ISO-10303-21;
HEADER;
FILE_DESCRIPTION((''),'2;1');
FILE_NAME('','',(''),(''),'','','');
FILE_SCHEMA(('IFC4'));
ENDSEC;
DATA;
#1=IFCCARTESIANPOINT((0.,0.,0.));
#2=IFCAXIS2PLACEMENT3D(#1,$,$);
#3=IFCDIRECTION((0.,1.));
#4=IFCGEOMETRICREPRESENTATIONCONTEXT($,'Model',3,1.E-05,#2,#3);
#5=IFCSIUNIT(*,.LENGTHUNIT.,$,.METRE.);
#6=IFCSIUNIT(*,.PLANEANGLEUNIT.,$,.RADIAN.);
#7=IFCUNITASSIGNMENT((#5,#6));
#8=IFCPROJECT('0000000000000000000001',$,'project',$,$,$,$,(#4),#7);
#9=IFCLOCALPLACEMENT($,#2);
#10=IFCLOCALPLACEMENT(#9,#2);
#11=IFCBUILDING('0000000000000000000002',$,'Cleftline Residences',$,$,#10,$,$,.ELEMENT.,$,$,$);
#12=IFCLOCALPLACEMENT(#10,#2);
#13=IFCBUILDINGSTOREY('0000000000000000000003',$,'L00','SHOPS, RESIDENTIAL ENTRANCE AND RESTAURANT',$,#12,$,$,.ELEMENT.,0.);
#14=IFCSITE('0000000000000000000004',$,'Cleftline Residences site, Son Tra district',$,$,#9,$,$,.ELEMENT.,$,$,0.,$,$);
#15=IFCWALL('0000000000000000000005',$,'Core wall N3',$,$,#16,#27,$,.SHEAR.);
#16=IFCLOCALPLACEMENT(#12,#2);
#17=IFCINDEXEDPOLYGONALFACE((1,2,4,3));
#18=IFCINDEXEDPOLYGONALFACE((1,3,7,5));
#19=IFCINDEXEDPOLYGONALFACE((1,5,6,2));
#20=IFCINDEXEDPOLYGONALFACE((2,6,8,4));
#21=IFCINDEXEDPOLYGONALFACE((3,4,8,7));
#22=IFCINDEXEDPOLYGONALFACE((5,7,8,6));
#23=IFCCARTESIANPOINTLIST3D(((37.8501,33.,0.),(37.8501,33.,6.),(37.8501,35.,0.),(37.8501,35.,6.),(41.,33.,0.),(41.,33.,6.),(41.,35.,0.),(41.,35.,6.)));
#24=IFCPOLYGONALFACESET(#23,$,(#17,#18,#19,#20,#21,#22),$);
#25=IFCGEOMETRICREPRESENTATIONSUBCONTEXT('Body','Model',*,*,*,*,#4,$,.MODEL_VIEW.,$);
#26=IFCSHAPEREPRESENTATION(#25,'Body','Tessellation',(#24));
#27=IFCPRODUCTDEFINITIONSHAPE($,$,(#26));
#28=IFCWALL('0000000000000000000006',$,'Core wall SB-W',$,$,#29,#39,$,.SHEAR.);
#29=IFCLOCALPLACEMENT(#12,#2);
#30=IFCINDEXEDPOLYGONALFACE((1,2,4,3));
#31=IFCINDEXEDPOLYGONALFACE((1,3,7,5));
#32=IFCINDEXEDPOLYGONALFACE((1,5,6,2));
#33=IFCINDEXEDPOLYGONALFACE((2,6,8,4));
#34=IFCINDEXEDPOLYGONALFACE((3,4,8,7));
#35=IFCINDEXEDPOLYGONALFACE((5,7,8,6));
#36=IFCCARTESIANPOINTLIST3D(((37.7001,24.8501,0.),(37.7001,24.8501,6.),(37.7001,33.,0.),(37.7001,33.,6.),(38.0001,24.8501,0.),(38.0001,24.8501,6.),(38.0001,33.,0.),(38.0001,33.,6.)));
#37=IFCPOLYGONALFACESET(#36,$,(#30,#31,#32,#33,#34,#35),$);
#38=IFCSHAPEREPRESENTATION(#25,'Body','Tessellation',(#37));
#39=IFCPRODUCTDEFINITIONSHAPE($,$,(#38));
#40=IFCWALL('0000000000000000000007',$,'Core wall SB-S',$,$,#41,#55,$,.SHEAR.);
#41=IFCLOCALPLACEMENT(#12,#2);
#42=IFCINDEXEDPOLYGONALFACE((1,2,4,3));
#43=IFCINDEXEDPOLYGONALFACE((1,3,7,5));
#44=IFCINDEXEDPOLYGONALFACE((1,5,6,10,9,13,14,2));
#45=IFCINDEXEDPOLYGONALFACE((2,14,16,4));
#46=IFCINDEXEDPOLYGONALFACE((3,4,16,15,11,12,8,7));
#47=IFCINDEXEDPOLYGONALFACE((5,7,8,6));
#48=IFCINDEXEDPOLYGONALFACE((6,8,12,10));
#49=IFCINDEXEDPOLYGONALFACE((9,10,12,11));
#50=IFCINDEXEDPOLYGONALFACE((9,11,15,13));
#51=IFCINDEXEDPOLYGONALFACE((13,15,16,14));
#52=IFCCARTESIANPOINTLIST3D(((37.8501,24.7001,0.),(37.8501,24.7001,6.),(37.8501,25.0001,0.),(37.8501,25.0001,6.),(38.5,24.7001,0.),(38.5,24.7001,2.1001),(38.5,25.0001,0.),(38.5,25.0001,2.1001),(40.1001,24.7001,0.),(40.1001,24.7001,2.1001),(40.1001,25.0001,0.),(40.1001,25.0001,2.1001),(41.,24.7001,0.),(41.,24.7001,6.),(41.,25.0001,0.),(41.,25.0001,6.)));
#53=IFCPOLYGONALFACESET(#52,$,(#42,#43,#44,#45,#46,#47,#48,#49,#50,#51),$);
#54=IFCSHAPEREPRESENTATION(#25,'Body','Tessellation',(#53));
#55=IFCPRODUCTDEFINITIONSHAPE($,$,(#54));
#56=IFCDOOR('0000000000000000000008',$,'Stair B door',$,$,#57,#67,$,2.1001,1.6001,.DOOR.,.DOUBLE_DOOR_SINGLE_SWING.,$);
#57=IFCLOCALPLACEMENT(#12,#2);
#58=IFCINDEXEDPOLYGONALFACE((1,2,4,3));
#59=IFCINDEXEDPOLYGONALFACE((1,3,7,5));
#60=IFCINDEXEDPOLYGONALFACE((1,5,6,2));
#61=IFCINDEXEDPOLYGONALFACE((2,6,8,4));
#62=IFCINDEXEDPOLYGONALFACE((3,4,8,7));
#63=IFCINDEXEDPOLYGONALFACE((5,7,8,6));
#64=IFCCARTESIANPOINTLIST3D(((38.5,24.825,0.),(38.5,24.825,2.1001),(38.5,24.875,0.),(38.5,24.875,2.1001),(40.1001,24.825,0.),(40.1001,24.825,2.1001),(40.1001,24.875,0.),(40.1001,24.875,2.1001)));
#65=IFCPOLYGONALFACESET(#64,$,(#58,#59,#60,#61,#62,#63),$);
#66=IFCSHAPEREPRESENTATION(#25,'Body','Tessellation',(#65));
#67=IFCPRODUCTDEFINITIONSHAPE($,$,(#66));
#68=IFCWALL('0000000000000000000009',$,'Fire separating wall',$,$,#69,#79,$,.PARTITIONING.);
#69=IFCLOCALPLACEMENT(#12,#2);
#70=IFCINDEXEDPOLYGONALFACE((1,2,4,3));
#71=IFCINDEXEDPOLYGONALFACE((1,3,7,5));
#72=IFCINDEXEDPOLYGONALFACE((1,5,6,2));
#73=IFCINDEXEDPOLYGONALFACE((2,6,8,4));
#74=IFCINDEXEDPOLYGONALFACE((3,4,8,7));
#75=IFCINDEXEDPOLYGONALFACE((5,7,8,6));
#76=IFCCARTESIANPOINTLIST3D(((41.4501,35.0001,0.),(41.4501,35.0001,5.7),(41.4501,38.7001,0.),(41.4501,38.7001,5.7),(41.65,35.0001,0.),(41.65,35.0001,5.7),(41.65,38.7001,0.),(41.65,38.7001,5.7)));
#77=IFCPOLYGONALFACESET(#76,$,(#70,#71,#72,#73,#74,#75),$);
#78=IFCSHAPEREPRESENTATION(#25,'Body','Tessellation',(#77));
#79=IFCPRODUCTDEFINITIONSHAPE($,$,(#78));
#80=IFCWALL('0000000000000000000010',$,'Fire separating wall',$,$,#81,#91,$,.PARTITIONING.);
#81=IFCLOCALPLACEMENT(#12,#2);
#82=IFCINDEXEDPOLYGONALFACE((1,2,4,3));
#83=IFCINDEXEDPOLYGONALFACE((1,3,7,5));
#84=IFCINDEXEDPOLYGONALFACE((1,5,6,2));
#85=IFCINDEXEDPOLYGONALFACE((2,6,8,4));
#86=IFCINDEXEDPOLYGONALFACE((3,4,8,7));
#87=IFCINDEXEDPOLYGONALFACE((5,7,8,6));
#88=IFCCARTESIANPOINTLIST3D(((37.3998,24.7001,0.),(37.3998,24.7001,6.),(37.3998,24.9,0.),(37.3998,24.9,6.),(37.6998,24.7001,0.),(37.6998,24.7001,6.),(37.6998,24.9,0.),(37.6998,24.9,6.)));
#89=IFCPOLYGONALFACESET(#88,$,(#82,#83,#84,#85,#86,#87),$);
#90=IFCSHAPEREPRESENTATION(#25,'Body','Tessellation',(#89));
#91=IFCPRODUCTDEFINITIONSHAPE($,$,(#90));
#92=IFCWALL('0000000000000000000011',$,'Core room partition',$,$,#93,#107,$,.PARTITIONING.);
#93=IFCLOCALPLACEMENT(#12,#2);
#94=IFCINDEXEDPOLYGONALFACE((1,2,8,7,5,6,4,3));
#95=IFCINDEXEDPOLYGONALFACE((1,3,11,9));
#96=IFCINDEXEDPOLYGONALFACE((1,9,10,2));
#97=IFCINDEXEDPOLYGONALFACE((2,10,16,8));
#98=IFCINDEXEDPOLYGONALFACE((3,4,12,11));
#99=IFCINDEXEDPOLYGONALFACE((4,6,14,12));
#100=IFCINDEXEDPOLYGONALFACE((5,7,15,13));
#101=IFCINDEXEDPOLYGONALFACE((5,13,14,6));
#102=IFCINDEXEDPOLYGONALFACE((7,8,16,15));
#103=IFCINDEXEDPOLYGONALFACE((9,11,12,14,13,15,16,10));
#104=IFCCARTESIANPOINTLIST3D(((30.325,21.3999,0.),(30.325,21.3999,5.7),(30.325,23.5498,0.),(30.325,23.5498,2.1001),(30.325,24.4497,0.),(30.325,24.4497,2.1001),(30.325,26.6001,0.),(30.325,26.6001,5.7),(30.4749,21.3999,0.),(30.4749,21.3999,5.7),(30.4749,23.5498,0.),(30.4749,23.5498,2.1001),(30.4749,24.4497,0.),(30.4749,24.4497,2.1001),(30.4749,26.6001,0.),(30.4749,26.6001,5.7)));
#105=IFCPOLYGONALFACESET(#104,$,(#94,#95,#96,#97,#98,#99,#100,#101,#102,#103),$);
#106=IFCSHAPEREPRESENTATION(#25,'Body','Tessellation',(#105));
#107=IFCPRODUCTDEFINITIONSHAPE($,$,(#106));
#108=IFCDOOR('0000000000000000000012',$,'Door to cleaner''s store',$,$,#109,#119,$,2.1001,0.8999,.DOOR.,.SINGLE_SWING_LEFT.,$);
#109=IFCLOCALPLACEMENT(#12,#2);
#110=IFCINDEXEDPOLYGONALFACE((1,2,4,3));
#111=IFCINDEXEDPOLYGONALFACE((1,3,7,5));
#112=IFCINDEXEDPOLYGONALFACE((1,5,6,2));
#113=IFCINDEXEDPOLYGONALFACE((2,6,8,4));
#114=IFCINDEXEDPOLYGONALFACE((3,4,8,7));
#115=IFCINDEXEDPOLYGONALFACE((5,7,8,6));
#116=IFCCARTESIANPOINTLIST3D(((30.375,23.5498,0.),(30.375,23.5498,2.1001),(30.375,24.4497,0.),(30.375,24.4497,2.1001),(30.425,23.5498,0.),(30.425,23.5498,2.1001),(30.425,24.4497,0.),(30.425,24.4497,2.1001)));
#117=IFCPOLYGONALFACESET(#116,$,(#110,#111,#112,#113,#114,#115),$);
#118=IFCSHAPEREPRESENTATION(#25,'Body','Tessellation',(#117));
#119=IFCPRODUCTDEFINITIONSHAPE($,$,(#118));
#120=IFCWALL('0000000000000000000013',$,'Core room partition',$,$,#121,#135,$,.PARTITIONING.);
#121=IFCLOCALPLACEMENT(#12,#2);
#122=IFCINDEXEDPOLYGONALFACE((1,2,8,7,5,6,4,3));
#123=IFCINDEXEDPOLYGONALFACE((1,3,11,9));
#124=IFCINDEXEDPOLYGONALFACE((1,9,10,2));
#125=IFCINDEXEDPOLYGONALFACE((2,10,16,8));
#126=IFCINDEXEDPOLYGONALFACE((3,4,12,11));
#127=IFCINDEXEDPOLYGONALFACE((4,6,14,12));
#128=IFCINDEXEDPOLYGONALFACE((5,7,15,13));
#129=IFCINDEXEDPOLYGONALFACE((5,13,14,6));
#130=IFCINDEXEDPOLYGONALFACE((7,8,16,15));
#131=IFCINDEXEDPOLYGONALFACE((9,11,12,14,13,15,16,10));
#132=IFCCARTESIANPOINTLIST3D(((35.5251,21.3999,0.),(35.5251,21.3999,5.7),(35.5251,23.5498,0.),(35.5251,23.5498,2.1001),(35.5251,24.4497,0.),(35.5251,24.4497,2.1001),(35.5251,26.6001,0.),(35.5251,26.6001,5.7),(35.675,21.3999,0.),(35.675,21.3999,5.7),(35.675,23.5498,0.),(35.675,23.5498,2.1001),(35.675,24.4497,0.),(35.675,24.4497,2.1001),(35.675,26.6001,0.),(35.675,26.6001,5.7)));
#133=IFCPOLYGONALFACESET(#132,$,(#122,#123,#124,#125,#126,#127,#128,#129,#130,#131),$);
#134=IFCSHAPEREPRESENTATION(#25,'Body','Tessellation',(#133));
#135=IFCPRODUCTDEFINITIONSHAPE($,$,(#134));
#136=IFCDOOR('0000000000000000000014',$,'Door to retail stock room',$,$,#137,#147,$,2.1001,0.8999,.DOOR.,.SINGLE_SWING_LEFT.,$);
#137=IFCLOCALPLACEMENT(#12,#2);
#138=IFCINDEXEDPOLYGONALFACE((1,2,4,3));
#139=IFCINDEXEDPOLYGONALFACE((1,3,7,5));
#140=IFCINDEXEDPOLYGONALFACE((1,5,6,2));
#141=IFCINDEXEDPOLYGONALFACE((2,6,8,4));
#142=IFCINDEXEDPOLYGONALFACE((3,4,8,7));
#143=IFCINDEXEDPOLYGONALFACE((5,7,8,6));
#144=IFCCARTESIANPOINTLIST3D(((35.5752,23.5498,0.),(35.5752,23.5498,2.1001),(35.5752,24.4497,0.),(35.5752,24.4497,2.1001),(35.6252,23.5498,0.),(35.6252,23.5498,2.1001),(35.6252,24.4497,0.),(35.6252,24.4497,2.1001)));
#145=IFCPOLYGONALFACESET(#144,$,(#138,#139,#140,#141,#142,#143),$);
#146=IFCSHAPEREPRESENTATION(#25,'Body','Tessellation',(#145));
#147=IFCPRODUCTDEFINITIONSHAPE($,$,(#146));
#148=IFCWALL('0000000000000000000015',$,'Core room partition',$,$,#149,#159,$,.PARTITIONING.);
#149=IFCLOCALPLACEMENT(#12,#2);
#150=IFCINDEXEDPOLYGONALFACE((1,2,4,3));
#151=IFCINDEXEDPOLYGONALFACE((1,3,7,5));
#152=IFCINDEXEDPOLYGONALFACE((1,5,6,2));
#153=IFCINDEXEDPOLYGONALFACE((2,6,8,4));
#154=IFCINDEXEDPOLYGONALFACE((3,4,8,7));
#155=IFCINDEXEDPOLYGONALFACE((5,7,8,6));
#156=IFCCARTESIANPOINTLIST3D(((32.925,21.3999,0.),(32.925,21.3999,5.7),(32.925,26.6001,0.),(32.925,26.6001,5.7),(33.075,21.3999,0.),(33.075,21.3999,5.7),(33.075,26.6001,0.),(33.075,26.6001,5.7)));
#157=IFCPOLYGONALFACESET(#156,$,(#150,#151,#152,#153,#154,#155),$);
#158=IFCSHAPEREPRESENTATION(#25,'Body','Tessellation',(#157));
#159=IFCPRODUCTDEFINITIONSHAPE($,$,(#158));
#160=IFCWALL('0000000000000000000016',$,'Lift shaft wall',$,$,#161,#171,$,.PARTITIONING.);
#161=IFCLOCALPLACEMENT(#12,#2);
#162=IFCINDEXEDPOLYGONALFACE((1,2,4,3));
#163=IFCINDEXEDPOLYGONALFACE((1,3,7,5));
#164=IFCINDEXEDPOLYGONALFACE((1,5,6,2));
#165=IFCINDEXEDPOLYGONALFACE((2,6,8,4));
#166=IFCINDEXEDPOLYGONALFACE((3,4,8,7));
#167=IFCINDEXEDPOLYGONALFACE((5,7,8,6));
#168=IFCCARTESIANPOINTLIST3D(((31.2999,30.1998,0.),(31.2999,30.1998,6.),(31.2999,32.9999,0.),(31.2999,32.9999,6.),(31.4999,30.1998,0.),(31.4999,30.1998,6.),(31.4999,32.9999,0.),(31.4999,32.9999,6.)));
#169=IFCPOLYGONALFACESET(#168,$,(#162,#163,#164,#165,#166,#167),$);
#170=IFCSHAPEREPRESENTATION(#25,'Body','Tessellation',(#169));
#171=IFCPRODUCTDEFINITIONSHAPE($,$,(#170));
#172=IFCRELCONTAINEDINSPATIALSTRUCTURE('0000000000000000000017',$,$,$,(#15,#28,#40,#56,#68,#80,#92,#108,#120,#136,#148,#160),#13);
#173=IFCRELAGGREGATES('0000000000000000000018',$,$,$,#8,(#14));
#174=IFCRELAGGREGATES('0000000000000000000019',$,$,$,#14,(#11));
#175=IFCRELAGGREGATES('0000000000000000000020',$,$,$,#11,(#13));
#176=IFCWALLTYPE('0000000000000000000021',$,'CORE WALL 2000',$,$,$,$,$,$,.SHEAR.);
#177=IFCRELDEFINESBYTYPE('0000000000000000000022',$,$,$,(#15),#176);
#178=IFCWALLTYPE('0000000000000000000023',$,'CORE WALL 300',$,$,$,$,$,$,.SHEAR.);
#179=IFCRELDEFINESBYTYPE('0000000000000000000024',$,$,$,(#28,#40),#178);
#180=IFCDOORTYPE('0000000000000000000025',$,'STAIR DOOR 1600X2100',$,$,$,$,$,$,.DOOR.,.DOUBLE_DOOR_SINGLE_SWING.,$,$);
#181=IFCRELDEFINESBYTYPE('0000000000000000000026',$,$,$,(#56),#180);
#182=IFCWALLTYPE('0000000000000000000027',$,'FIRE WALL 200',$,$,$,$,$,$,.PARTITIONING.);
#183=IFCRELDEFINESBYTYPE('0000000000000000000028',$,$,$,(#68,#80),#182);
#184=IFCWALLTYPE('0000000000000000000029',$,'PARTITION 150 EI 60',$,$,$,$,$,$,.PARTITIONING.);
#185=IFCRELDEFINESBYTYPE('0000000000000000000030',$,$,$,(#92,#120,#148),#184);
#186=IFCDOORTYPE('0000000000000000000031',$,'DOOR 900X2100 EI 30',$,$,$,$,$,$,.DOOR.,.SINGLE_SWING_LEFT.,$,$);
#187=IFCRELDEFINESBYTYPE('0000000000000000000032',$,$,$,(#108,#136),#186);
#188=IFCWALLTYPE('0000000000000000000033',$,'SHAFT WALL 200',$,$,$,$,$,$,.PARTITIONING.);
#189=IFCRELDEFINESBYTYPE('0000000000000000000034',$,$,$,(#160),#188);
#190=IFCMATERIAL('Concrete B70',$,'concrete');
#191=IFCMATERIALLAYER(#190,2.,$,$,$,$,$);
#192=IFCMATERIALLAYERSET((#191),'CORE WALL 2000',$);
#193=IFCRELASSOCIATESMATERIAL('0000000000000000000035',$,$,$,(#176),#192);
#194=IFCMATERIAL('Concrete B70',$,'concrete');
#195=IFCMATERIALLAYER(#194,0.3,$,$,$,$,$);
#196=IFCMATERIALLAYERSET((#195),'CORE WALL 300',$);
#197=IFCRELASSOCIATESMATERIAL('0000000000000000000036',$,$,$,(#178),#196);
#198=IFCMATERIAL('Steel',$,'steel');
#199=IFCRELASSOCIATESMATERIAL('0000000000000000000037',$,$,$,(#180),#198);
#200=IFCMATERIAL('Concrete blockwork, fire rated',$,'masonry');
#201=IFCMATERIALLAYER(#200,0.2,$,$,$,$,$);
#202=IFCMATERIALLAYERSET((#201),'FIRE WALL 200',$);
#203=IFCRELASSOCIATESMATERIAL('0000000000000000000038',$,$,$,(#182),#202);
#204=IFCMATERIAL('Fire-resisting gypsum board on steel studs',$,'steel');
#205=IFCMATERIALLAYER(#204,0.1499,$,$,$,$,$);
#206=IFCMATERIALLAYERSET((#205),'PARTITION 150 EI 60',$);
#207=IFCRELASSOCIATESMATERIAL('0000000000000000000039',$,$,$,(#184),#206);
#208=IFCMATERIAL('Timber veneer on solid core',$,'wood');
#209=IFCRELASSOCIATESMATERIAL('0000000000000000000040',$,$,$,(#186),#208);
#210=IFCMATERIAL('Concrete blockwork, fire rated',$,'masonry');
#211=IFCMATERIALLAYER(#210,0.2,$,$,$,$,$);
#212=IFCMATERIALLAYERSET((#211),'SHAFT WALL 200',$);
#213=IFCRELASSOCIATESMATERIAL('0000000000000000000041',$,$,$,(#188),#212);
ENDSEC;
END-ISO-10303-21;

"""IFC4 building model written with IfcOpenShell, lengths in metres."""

from ifc_helpers import new_model, si_unit, direction, frame, frame_2d, origin, place, context, subcontext, project, spatial, rectangle, extrude, material, layer, layer_set, type_object, element, fill, save


model = new_model("IFC4")

# Units and contexts
model_context = context("Model", 3, precision=1e-05, world=origin(), true_north=direction((0.0, 1.0)))
body_context = subcontext(model_context, "Body", "Model", "MODEL_VIEW")
ifc_project = project(units=[si_unit("LENGTHUNIT", "METRE"), si_unit("PLANEANGLEUNIT", "RADIAN")], contexts=[model_context])

# Site, building, storey
site_placement = place(None, origin())
site = spatial("IfcSite", under=ifc_project, at=site_placement, Name="Cleftline Residences site, Son Tra district", CompositionType="ELEMENT", RefElevation=0.0)
building_placement = place(site_placement, origin())
building = spatial("IfcBuilding", under=site, at=building_placement, Name="Cleftline Residences", CompositionType="ELEMENT")
storey_placement = place(building_placement, origin())
storey = spatial("IfcBuildingStorey", under=building, at=storey_placement, Name="L00", Description="SHOPS, RESIDENTIAL ENTRANCE AND RESTAURANT", CompositionType="ELEMENT", Elevation=0.0)

# Walls
ifc_material_1 = material(Name="Concrete B70", Category="concrete")
ifc_layer_1 = layer(ifc_material_1, 2.0)
ifc_layer_set_1 = layer_set([ifc_layer_1], Name="CORE WALL 2000")
wall_type_1 = type_object("IfcWallType", Name="CORE WALL 2000", PredefinedType="SHEAR", material=ifc_layer_set_1)
wall_1_placement = place(storey_placement, frame((37.8501, 34.0, 0.0), z_axis=(0.0, 0.0, 1.0), x_axis=(1.0, 0.0, 0.0)))
element("IfcWall", 1, at=wall_1_placement, inside=storey, type_object=wall_type_1, Name="Core wall N3", PredefinedType="SHEAR", context=body_context, shape_type="SweptSolid", body=[
    extrude(rectangle(XDim=3.1499, YDim=2.0, at=frame_2d((1.575, 0.0))), origin(), (0.0, 0.0, 1.0), 6.0),
])
ifc_material_2 = material(Name="Concrete B70", Category="concrete")
ifc_layer_2 = layer(ifc_material_2, 0.3)
ifc_layer_set_2 = layer_set([ifc_layer_2], Name="CORE WALL 300")
wall_type_2 = type_object("IfcWallType", Name="CORE WALL 300", PredefinedType="SHEAR", material=ifc_layer_set_2)
wall_2_placement = place(storey_placement, frame((37.8501, 24.8501, 0.0), z_axis=(0.0, 0.0, 1.0), x_axis=(0.0, 1.0, 0.0)))
element("IfcWall", 2, at=wall_2_placement, inside=storey, type_object=wall_type_2, Name="Core wall SB-W", PredefinedType="SHEAR", context=body_context, shape_type="SweptSolid", body=[
    extrude(rectangle(XDim=8.1499, YDim=0.3, at=frame_2d((4.075, 0.0))), origin(), (0.0, 0.0, 1.0), 6.0),
])

# Wall, opening, door
wall_3_placement = place(storey_placement, frame((37.8501, 24.8501, 0.0), z_axis=(0.0, 0.0, 1.0), x_axis=(1.0, 0.0, 0.0)))
wall_3 = element("IfcWall", 3, at=wall_3_placement, inside=storey, type_object=wall_type_2, Name="Core wall SB-S", PredefinedType="SHEAR", context=body_context, shape_type="SweptSolid", body=[
    extrude(rectangle(XDim=3.1499, YDim=0.3, at=frame_2d((1.575, 0.0))), origin(), (0.0, 0.0, 1.0), 6.0),
])
opening_1_placement = place(wall_3_placement, frame((0.6499, 0.0, 0.0)))
opening_1 = element("IfcOpeningElement", 4, at=opening_1_placement, cuts=wall_3, PredefinedType="OPENING", context=body_context, shape_type="SweptSolid", body=[
    extrude(rectangle(XDim=1.6001, YDim=2.1001, at=frame_2d((0.8, 1.05))), frame((0.0, 0.1599, 0.0), z_axis=(0.0, -1.0, 0.0), x_axis=(1.0, 0.0, 0.0)), (0.0, 0.0, 1.0), 0.3201),
])
ifc_material_3 = material(Name="Steel", Category="steel")
door_type_1 = type_object("IfcDoorType", Name="STAIR DOOR 1600X2100", OperationType="DOUBLE_DOOR_SINGLE_SWING", PredefinedType="DOOR", material=ifc_material_3)
door_1_placement = place(opening_1_placement, origin())
door_1 = element("IfcDoor", 5, at=door_1_placement, inside=storey, type_object=door_type_1, Name="Stair B door", OperationType="DOUBLE_DOOR_SINGLE_SWING", OverallHeight=2.1001, OverallWidth=1.6001, PredefinedType="DOOR", context=body_context, shape_type="SweptSolid", body=[
    extrude(rectangle(XDim=1.6001, YDim=2.1001, at=frame_2d((0.8, 1.05))), frame((0.0, 0.0249, 0.0), z_axis=(0.0, -1.0, 0.0), x_axis=(1.0, 0.0, 0.0)), (0.0, 0.0, 1.0), 0.05),
])
fill(opening_1, door_1)

# Walls
ifc_material_4 = material(Name="Concrete blockwork, fire rated", Category="masonry")
ifc_layer_3 = layer(ifc_material_4, 0.2)
ifc_layer_set_3 = layer_set([ifc_layer_3], Name="FIRE WALL 200")
wall_type_3 = type_object("IfcWallType", Name="FIRE WALL 200", PredefinedType="PARTITIONING", material=ifc_layer_set_3)
wall_4_placement = place(storey_placement, frame((41.55, 35.0, 0.0), z_axis=(0.0, 0.0, 1.0), x_axis=(0.0, 1.0, 0.0)))
element("IfcWall", 6, at=wall_4_placement, inside=storey, type_object=wall_type_3, Name="Fire separating wall", PredefinedType="PARTITIONING", context=body_context, shape_type="SweptSolid", body=[
    extrude(rectangle(XDim=3.7, YDim=0.2, at=frame_2d((1.8501, 0.0))), origin(), (0.0, 0.0, 1.0), 5.7),
])
wall_5_placement = place(storey_placement, frame((37.3999, 24.8, 0.0), z_axis=(0.0, 0.0, 1.0), x_axis=(1.0, 0.0, 0.0)))
element("IfcWall", 7, at=wall_5_placement, inside=storey, type_object=wall_type_3, Name="Fire separating wall", PredefinedType="PARTITIONING", context=body_context, shape_type="SweptSolid", body=[
    extrude(rectangle(XDim=0.3, YDim=0.2, at=frame_2d((0.1499, 0.0))), origin(), (0.0, 0.0, 1.0), 6.0),
])

# Walls, openings, doors
ifc_material_5 = material(Name="Fire-resisting gypsum board on steel studs", Category="steel")
ifc_layer_4 = layer(ifc_material_5, 0.1499)
ifc_layer_set_4 = layer_set([ifc_layer_4], Name="PARTITION 150 EI 60")
wall_type_4 = type_object("IfcWallType", Name="PARTITION 150 EI 60", PredefinedType="PARTITIONING", material=ifc_layer_set_4)
wall_6_placement = place(storey_placement, frame((30.3999, 21.3999, 0.0), z_axis=(0.0, 0.0, 1.0), x_axis=(0.0, 1.0, 0.0)))
wall_6 = element("IfcWall", 8, at=wall_6_placement, inside=storey, type_object=wall_type_4, Name="Core room partition", PredefinedType="PARTITIONING", context=body_context, shape_type="SweptSolid", body=[
    extrude(rectangle(XDim=5.2002, YDim=0.1499, at=frame_2d((2.6001, 0.0))), origin(), (0.0, 0.0, 1.0), 5.7),
])
opening_2_placement = place(wall_6_placement, frame((2.1499, 0.0, 0.0)))
opening_2 = element("IfcOpeningElement", 9, at=opening_2_placement, cuts=wall_6, PredefinedType="OPENING", context=body_context, shape_type="SweptSolid", body=[
    extrude(rectangle(XDim=0.8999, YDim=2.1001, at=frame_2d((0.45, 1.05))), frame((0.0, 0.085, 0.0), z_axis=(0.0, -1.0, 0.0), x_axis=(1.0, 0.0, 0.0)), (0.0, 0.0, 1.0), 0.1699),
])
ifc_material_6 = material(Name="Timber veneer on solid core", Category="wood")
door_type_2 = type_object("IfcDoorType", Name="DOOR 900X2100 EI 30", OperationType="SINGLE_SWING_LEFT", PredefinedType="DOOR", material=ifc_material_6)
door_2_placement = place(opening_2_placement, origin())
door_2 = element("IfcDoor", 10, at=door_2_placement, inside=storey, type_object=door_type_2, Name="Door to cleaner's store", OperationType="SINGLE_SWING_LEFT", OverallHeight=2.1001, OverallWidth=0.8999, PredefinedType="DOOR", context=body_context, shape_type="SweptSolid", body=[
    extrude(rectangle(XDim=0.8999, YDim=2.1001, at=frame_2d((0.45, 1.05))), frame((0.0, 0.0249, 0.0), z_axis=(0.0, -1.0, 0.0), x_axis=(1.0, 0.0, 0.0)), (0.0, 0.0, 1.0), 0.05),
])
fill(opening_2, door_2)
wall_7_placement = place(storey_placement, frame((35.6001, 21.3999, 0.0), z_axis=(0.0, 0.0, 1.0), x_axis=(0.0, 1.0, 0.0)))
wall_7 = element("IfcWall", 11, at=wall_7_placement, inside=storey, type_object=wall_type_4, Name="Core room partition", PredefinedType="PARTITIONING", context=body_context, shape_type="SweptSolid", body=[
    extrude(rectangle(XDim=5.2002, YDim=0.1499, at=frame_2d((2.6001, 0.0))), origin(), (0.0, 0.0, 1.0), 5.7),
])
opening_3_placement = place(wall_7_placement, frame((2.1499, 0.0, 0.0)))
opening_3 = element("IfcOpeningElement", 12, at=opening_3_placement, cuts=wall_7, PredefinedType="OPENING", context=body_context, shape_type="SweptSolid", body=[
    extrude(rectangle(XDim=0.8999, YDim=2.1001, at=frame_2d((0.45, 1.05))), frame((0.0, 0.085, 0.0), z_axis=(0.0, -1.0, 0.0), x_axis=(1.0, 0.0, 0.0)), (0.0, 0.0, 1.0), 0.1699),
])
door_3_placement = place(opening_3_placement, origin())
door_3 = element("IfcDoor", 13, at=door_3_placement, inside=storey, type_object=door_type_2, Name="Door to retail stock room", OperationType="SINGLE_SWING_LEFT", OverallHeight=2.1001, OverallWidth=0.8999, PredefinedType="DOOR", context=body_context, shape_type="SweptSolid", body=[
    extrude(rectangle(XDim=0.8999, YDim=2.1001, at=frame_2d((0.45, 1.05))), frame((0.0, 0.0249, 0.0), z_axis=(0.0, -1.0, 0.0), x_axis=(1.0, 0.0, 0.0)), (0.0, 0.0, 1.0), 0.05),
])
fill(opening_3, door_3)

# Walls
wall_8_placement = place(storey_placement, frame((33.0, 21.3999, 0.0), z_axis=(0.0, 0.0, 1.0), x_axis=(0.0, 1.0, 0.0)))
element("IfcWall", 14, at=wall_8_placement, inside=storey, type_object=wall_type_4, Name="Core room partition", PredefinedType="PARTITIONING", context=body_context, shape_type="SweptSolid", body=[
    extrude(rectangle(XDim=5.2002, YDim=0.1499, at=frame_2d((2.6001, 0.0))), origin(), (0.0, 0.0, 1.0), 5.7),
])
ifc_material_7 = material(Name="Concrete blockwork, fire rated", Category="masonry")
ifc_layer_5 = layer(ifc_material_7, 0.2)
ifc_layer_set_5 = layer_set([ifc_layer_5], Name="SHAFT WALL 200")
wall_type_5 = type_object("IfcWallType", Name="SHAFT WALL 200", PredefinedType="PARTITIONING", material=ifc_layer_set_5)
for number, where, z_axis, x_axis, name in (
    (15, (31.3999, 30.2, 0.0), (0.0, 0.0, 1.0), (0.0, 1.0, 0.0), "Lift shaft wall"),
):
    element("IfcWall", number, at=place(storey_placement, frame(where, z_axis=z_axis, x_axis=x_axis)), inside=storey, type_object=wall_type_5, Name=name, PredefinedType="PARTITIONING", context=body_context, shape_type="SweptSolid", body=[
        extrude(rectangle(XDim=2.8, YDim=0.2, at=frame_2d((1.3999, 0.0))), origin(), (0.0, 0.0, 1.0), 6.0),
    ])

save(model, "model.ifc")
